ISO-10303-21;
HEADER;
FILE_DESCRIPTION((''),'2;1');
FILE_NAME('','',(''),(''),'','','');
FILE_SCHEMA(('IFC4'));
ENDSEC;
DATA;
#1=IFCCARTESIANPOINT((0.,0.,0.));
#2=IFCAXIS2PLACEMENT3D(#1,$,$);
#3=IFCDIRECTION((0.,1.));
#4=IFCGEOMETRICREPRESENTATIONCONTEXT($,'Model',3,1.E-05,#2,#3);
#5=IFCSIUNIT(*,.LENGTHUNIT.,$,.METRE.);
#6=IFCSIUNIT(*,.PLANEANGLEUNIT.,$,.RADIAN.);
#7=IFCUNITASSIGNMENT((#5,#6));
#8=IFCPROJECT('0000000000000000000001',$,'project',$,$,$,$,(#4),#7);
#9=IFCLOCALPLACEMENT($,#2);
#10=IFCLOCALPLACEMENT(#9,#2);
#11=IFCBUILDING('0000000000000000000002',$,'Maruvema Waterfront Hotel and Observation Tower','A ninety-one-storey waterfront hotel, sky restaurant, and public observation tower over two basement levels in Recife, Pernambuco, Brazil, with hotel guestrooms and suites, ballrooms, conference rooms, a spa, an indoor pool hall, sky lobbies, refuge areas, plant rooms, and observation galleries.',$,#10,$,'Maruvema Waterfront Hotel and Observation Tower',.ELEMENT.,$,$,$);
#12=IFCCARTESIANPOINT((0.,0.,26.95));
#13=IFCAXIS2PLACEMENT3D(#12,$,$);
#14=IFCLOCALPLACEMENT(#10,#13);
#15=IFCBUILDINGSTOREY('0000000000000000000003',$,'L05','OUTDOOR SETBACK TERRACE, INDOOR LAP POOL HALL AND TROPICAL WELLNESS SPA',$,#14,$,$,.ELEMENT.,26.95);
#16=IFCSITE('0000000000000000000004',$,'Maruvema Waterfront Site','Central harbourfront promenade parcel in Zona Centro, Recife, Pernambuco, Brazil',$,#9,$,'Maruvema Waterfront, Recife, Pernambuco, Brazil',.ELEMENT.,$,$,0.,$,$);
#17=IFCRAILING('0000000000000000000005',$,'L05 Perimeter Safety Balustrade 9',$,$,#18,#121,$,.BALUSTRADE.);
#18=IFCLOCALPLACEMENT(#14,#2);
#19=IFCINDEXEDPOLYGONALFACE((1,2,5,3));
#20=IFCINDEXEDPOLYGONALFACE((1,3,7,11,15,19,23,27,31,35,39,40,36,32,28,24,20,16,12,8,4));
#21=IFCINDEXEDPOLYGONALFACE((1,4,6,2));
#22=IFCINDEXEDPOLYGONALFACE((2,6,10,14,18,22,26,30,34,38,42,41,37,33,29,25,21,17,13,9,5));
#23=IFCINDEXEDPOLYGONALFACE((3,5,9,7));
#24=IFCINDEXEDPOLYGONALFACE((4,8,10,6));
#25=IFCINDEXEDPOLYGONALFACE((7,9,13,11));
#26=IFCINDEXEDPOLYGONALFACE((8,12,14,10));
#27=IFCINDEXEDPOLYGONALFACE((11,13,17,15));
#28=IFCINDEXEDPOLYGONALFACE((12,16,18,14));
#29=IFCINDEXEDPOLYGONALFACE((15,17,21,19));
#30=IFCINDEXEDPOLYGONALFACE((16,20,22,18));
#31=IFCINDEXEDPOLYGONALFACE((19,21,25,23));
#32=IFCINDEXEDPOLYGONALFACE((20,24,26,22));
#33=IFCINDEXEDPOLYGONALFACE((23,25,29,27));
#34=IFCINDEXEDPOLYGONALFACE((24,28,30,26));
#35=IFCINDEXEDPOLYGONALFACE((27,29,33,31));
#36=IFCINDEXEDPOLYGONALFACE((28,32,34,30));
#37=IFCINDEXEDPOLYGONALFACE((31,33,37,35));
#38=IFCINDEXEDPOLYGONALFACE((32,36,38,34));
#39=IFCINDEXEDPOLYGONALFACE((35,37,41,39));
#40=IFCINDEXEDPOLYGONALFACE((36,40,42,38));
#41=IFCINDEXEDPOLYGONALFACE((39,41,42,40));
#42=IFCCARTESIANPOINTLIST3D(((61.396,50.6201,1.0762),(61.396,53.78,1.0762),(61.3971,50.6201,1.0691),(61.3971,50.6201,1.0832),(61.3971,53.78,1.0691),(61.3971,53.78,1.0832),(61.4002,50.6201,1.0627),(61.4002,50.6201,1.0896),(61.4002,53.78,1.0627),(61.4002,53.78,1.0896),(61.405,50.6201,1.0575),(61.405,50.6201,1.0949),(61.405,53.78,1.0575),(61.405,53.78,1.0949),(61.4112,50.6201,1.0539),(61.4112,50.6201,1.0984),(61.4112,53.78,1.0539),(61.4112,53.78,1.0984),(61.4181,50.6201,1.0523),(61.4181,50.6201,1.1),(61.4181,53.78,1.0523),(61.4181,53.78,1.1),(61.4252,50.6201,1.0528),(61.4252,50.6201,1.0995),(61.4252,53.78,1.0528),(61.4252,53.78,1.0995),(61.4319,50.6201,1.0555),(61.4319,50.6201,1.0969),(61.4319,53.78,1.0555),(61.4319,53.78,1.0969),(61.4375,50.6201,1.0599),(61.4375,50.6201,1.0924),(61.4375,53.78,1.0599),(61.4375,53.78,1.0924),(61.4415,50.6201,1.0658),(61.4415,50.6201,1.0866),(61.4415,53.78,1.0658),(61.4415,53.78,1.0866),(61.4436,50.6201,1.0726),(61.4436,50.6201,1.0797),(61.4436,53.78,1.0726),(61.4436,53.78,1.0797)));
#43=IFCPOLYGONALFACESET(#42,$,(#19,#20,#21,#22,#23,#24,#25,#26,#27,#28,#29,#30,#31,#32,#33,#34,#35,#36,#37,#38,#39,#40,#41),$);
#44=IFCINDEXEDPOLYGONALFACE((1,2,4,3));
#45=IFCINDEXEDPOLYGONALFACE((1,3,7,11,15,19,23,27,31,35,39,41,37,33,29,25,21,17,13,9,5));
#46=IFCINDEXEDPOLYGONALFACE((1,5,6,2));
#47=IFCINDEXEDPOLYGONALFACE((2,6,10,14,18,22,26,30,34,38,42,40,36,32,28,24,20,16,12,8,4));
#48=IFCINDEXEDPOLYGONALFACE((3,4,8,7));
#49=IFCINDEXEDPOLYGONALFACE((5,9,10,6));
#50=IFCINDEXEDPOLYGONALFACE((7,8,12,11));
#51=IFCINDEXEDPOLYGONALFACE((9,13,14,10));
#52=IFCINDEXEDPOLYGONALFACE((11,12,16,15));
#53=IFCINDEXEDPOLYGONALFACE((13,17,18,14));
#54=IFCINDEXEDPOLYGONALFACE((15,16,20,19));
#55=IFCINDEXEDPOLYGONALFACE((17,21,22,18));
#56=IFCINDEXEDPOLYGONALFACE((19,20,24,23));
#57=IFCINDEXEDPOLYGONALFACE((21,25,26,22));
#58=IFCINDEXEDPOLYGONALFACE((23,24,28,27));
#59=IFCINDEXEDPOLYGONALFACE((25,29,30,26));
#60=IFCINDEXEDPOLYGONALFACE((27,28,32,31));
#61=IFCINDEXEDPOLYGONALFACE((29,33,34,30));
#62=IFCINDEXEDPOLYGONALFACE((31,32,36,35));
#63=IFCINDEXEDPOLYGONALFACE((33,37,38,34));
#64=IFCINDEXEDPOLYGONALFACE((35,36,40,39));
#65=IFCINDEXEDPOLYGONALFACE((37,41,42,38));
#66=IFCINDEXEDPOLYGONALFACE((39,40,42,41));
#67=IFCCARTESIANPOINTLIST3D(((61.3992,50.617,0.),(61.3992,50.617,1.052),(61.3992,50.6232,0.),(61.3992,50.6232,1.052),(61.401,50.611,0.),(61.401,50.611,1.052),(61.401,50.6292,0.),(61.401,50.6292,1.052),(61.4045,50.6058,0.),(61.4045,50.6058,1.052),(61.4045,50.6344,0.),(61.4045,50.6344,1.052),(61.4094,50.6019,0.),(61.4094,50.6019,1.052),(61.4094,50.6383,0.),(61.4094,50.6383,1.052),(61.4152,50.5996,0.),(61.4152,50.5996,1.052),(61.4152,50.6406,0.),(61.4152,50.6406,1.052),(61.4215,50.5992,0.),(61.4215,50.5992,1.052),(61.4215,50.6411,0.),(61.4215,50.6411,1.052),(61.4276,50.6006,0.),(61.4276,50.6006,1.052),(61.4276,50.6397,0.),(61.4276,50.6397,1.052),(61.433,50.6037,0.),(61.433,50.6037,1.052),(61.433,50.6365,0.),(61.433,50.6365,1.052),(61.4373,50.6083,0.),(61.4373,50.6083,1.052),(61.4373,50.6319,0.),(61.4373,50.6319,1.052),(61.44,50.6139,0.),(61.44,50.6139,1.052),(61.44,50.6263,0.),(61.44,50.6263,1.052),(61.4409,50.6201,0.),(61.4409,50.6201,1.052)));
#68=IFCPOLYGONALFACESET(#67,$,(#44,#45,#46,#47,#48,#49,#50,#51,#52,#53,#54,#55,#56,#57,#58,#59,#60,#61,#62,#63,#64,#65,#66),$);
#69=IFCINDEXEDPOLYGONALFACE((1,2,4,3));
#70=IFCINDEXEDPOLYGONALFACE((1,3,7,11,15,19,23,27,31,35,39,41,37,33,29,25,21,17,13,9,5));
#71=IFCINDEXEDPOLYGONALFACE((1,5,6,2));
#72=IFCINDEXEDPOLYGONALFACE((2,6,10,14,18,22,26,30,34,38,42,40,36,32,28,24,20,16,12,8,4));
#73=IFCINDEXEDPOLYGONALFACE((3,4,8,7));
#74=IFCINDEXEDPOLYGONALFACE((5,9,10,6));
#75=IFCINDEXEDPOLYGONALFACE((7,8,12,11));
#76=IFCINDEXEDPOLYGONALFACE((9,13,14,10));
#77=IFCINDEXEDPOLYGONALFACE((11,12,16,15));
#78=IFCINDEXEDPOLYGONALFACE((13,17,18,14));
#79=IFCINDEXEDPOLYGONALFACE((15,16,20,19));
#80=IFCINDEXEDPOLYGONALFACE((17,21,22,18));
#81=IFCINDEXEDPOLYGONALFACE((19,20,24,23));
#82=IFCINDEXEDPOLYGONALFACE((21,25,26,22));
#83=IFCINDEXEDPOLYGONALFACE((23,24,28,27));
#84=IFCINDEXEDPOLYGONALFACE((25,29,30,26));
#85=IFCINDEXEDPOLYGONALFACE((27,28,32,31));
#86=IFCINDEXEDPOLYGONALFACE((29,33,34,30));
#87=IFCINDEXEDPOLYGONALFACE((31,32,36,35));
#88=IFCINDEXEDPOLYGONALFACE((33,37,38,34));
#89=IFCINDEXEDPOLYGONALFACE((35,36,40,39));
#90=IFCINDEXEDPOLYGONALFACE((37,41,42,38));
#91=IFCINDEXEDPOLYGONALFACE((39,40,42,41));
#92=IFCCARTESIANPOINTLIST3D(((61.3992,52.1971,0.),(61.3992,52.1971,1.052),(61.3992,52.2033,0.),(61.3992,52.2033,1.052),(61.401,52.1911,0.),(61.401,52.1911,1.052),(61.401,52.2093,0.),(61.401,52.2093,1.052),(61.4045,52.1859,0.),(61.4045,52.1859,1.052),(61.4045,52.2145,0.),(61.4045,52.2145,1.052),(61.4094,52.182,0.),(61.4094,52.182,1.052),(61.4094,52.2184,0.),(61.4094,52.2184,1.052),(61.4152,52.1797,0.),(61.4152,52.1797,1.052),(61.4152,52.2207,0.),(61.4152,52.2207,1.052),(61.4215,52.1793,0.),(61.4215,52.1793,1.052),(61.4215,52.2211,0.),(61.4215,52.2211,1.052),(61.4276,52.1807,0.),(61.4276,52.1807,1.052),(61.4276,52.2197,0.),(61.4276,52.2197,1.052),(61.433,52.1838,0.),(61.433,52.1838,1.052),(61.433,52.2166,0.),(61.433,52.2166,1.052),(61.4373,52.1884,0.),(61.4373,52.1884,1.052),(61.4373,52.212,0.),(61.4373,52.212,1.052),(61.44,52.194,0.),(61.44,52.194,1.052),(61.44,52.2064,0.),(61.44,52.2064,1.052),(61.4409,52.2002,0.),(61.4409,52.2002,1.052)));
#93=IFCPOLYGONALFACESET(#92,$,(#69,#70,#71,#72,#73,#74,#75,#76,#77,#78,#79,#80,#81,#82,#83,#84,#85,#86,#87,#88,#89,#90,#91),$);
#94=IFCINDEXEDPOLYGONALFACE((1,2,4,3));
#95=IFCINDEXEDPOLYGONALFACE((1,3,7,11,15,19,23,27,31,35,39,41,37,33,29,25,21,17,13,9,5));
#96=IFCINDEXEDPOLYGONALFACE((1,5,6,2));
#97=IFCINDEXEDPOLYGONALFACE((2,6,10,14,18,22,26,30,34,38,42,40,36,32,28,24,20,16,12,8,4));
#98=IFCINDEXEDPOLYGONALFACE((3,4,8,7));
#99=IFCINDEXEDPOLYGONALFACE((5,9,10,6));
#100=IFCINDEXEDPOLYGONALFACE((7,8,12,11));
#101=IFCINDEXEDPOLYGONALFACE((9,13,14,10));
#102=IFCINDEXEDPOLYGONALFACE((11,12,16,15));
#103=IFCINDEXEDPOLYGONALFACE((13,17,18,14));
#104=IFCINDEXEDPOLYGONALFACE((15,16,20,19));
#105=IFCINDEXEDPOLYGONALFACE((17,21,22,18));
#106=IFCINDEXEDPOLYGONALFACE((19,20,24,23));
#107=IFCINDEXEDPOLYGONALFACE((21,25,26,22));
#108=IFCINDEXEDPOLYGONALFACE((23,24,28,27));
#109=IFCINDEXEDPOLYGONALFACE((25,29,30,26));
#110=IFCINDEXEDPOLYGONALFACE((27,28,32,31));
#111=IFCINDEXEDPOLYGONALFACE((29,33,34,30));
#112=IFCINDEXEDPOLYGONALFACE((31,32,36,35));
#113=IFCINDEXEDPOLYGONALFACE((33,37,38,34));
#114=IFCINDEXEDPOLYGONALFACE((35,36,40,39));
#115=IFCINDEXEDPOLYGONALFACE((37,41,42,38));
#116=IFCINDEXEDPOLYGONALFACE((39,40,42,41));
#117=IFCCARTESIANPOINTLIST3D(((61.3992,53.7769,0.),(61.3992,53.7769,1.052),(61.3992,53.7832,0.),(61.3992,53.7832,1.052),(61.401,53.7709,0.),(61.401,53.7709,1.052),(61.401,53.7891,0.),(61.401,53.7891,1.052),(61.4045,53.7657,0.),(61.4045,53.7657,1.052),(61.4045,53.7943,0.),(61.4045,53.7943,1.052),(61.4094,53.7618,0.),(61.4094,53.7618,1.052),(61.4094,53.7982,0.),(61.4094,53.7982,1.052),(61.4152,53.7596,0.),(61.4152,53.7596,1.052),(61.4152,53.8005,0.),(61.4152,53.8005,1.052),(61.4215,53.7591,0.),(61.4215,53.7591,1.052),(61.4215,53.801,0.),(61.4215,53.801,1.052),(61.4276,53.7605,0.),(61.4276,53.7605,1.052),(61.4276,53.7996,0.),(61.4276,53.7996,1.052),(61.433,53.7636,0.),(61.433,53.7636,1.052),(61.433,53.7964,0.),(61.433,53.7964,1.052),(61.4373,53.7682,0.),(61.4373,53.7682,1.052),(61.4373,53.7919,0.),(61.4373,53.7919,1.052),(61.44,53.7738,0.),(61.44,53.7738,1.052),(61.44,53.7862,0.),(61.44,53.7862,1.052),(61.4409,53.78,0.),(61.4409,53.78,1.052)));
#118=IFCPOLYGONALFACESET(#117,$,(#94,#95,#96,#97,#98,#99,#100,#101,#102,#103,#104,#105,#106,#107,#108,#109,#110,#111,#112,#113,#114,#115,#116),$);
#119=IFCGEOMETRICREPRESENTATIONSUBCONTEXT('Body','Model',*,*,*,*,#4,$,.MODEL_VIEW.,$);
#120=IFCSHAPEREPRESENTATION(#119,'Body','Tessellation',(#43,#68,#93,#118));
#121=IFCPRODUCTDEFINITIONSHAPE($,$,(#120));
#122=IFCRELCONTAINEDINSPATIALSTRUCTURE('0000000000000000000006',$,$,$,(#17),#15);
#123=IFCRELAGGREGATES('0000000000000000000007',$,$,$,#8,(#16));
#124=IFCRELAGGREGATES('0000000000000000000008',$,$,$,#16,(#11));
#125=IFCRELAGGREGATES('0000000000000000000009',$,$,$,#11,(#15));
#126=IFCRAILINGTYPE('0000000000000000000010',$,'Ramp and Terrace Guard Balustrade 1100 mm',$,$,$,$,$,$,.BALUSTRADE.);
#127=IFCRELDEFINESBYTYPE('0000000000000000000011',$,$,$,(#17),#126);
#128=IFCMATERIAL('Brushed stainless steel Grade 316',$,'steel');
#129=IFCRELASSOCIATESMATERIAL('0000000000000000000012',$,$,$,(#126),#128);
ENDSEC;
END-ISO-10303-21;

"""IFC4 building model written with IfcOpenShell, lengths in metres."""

from ifc_helpers import new_model, si_unit, direction, frame, origin, origin_2d, place, context, subcontext, project, spatial, circle, extrude, material, type_object, element, save


model = new_model("IFC4")

# Units and contexts
model_context = context("Model", 3, precision=1e-05, world=origin(), true_north=direction((0.0, 1.0)))
body_context = subcontext(model_context, "Body", "Model", "MODEL_VIEW")
ifc_project = project(units=[si_unit("LENGTHUNIT", "METRE"), si_unit("PLANEANGLEUNIT", "RADIAN")], contexts=[model_context])

# Site, building, storey
site_placement = place(None, origin())
site = spatial("IfcSite", under=ifc_project, at=site_placement, Name="Maruvema Waterfront Site", Description="Central harbourfront promenade parcel in Zona Centro, Recife, Pernambuco, Brazil", LongName="Maruvema Waterfront, Recife, Pernambuco, Brazil", CompositionType="ELEMENT", RefElevation=0.0)
building_placement = place(site_placement, origin())
building = spatial("IfcBuilding", under=site, at=building_placement, Name="Maruvema Waterfront Hotel and Observation Tower", Description="A ninety-one-storey waterfront hotel, sky restaurant, and public observation tower over two basement levels in Recife, Pernambuco, Brazil, with hotel guestrooms and suites, ballrooms, conference rooms, a spa, an indoor pool hall, sky lobbies, refuge areas, plant rooms, and observation galleries.", LongName="Maruvema Waterfront Hotel and Observation Tower", CompositionType="ELEMENT")
storey_placement = place(building_placement, frame((0.0, 0.0, 26.95)))
storey = spatial("IfcBuildingStorey", under=building, at=storey_placement, Name="L05", Description="OUTDOOR SETBACK TERRACE, INDOOR LAP POOL HALL AND TROPICAL WELLNESS SPA", CompositionType="ELEMENT", Elevation=26.95)

# Railing
ifc_material_1 = material(Name="Brushed stainless steel Grade 316", Category="steel")
railing_type = type_object("IfcRailingType", Name="Ramp and Terrace Guard Balustrade 1100 mm", PredefinedType="BALUSTRADE", material=ifc_material_1)
railing_1_placement = place(storey_placement, frame((61.4199, 50.6201, 0.0)))
element("IfcRailing", 1, at=railing_1_placement, inside=storey, type_object=railing_type, Name="L05 Perimeter Safety Balustrade 9", PredefinedType="BALUSTRADE", context=body_context, shape_type="SweptSolid", body=[
    extrude(circle(Radius=0.0239, at=origin_2d()), frame((0.0, 0.0, 1.0762), z_axis=(0.0, 1.0, 0.0), x_axis=(-1.0, 0.0, 0.0)), (0.0, 0.0, 1.0), 3.1599),
    extrude(circle(Radius=0.021, at=origin_2d()), origin(), (0.0, 0.0, 1.0), 1.052),
    extrude(circle(Radius=0.021, at=origin_2d()), frame((0.0, 1.5801, 0.0)), (0.0, 0.0, 1.0), 1.052),
    extrude(circle(Radius=0.021, at=origin_2d()), frame((0.0, 3.1599, 0.0)), (0.0, 0.0, 1.0), 1.052),
])

save(model, "model.ifc")
